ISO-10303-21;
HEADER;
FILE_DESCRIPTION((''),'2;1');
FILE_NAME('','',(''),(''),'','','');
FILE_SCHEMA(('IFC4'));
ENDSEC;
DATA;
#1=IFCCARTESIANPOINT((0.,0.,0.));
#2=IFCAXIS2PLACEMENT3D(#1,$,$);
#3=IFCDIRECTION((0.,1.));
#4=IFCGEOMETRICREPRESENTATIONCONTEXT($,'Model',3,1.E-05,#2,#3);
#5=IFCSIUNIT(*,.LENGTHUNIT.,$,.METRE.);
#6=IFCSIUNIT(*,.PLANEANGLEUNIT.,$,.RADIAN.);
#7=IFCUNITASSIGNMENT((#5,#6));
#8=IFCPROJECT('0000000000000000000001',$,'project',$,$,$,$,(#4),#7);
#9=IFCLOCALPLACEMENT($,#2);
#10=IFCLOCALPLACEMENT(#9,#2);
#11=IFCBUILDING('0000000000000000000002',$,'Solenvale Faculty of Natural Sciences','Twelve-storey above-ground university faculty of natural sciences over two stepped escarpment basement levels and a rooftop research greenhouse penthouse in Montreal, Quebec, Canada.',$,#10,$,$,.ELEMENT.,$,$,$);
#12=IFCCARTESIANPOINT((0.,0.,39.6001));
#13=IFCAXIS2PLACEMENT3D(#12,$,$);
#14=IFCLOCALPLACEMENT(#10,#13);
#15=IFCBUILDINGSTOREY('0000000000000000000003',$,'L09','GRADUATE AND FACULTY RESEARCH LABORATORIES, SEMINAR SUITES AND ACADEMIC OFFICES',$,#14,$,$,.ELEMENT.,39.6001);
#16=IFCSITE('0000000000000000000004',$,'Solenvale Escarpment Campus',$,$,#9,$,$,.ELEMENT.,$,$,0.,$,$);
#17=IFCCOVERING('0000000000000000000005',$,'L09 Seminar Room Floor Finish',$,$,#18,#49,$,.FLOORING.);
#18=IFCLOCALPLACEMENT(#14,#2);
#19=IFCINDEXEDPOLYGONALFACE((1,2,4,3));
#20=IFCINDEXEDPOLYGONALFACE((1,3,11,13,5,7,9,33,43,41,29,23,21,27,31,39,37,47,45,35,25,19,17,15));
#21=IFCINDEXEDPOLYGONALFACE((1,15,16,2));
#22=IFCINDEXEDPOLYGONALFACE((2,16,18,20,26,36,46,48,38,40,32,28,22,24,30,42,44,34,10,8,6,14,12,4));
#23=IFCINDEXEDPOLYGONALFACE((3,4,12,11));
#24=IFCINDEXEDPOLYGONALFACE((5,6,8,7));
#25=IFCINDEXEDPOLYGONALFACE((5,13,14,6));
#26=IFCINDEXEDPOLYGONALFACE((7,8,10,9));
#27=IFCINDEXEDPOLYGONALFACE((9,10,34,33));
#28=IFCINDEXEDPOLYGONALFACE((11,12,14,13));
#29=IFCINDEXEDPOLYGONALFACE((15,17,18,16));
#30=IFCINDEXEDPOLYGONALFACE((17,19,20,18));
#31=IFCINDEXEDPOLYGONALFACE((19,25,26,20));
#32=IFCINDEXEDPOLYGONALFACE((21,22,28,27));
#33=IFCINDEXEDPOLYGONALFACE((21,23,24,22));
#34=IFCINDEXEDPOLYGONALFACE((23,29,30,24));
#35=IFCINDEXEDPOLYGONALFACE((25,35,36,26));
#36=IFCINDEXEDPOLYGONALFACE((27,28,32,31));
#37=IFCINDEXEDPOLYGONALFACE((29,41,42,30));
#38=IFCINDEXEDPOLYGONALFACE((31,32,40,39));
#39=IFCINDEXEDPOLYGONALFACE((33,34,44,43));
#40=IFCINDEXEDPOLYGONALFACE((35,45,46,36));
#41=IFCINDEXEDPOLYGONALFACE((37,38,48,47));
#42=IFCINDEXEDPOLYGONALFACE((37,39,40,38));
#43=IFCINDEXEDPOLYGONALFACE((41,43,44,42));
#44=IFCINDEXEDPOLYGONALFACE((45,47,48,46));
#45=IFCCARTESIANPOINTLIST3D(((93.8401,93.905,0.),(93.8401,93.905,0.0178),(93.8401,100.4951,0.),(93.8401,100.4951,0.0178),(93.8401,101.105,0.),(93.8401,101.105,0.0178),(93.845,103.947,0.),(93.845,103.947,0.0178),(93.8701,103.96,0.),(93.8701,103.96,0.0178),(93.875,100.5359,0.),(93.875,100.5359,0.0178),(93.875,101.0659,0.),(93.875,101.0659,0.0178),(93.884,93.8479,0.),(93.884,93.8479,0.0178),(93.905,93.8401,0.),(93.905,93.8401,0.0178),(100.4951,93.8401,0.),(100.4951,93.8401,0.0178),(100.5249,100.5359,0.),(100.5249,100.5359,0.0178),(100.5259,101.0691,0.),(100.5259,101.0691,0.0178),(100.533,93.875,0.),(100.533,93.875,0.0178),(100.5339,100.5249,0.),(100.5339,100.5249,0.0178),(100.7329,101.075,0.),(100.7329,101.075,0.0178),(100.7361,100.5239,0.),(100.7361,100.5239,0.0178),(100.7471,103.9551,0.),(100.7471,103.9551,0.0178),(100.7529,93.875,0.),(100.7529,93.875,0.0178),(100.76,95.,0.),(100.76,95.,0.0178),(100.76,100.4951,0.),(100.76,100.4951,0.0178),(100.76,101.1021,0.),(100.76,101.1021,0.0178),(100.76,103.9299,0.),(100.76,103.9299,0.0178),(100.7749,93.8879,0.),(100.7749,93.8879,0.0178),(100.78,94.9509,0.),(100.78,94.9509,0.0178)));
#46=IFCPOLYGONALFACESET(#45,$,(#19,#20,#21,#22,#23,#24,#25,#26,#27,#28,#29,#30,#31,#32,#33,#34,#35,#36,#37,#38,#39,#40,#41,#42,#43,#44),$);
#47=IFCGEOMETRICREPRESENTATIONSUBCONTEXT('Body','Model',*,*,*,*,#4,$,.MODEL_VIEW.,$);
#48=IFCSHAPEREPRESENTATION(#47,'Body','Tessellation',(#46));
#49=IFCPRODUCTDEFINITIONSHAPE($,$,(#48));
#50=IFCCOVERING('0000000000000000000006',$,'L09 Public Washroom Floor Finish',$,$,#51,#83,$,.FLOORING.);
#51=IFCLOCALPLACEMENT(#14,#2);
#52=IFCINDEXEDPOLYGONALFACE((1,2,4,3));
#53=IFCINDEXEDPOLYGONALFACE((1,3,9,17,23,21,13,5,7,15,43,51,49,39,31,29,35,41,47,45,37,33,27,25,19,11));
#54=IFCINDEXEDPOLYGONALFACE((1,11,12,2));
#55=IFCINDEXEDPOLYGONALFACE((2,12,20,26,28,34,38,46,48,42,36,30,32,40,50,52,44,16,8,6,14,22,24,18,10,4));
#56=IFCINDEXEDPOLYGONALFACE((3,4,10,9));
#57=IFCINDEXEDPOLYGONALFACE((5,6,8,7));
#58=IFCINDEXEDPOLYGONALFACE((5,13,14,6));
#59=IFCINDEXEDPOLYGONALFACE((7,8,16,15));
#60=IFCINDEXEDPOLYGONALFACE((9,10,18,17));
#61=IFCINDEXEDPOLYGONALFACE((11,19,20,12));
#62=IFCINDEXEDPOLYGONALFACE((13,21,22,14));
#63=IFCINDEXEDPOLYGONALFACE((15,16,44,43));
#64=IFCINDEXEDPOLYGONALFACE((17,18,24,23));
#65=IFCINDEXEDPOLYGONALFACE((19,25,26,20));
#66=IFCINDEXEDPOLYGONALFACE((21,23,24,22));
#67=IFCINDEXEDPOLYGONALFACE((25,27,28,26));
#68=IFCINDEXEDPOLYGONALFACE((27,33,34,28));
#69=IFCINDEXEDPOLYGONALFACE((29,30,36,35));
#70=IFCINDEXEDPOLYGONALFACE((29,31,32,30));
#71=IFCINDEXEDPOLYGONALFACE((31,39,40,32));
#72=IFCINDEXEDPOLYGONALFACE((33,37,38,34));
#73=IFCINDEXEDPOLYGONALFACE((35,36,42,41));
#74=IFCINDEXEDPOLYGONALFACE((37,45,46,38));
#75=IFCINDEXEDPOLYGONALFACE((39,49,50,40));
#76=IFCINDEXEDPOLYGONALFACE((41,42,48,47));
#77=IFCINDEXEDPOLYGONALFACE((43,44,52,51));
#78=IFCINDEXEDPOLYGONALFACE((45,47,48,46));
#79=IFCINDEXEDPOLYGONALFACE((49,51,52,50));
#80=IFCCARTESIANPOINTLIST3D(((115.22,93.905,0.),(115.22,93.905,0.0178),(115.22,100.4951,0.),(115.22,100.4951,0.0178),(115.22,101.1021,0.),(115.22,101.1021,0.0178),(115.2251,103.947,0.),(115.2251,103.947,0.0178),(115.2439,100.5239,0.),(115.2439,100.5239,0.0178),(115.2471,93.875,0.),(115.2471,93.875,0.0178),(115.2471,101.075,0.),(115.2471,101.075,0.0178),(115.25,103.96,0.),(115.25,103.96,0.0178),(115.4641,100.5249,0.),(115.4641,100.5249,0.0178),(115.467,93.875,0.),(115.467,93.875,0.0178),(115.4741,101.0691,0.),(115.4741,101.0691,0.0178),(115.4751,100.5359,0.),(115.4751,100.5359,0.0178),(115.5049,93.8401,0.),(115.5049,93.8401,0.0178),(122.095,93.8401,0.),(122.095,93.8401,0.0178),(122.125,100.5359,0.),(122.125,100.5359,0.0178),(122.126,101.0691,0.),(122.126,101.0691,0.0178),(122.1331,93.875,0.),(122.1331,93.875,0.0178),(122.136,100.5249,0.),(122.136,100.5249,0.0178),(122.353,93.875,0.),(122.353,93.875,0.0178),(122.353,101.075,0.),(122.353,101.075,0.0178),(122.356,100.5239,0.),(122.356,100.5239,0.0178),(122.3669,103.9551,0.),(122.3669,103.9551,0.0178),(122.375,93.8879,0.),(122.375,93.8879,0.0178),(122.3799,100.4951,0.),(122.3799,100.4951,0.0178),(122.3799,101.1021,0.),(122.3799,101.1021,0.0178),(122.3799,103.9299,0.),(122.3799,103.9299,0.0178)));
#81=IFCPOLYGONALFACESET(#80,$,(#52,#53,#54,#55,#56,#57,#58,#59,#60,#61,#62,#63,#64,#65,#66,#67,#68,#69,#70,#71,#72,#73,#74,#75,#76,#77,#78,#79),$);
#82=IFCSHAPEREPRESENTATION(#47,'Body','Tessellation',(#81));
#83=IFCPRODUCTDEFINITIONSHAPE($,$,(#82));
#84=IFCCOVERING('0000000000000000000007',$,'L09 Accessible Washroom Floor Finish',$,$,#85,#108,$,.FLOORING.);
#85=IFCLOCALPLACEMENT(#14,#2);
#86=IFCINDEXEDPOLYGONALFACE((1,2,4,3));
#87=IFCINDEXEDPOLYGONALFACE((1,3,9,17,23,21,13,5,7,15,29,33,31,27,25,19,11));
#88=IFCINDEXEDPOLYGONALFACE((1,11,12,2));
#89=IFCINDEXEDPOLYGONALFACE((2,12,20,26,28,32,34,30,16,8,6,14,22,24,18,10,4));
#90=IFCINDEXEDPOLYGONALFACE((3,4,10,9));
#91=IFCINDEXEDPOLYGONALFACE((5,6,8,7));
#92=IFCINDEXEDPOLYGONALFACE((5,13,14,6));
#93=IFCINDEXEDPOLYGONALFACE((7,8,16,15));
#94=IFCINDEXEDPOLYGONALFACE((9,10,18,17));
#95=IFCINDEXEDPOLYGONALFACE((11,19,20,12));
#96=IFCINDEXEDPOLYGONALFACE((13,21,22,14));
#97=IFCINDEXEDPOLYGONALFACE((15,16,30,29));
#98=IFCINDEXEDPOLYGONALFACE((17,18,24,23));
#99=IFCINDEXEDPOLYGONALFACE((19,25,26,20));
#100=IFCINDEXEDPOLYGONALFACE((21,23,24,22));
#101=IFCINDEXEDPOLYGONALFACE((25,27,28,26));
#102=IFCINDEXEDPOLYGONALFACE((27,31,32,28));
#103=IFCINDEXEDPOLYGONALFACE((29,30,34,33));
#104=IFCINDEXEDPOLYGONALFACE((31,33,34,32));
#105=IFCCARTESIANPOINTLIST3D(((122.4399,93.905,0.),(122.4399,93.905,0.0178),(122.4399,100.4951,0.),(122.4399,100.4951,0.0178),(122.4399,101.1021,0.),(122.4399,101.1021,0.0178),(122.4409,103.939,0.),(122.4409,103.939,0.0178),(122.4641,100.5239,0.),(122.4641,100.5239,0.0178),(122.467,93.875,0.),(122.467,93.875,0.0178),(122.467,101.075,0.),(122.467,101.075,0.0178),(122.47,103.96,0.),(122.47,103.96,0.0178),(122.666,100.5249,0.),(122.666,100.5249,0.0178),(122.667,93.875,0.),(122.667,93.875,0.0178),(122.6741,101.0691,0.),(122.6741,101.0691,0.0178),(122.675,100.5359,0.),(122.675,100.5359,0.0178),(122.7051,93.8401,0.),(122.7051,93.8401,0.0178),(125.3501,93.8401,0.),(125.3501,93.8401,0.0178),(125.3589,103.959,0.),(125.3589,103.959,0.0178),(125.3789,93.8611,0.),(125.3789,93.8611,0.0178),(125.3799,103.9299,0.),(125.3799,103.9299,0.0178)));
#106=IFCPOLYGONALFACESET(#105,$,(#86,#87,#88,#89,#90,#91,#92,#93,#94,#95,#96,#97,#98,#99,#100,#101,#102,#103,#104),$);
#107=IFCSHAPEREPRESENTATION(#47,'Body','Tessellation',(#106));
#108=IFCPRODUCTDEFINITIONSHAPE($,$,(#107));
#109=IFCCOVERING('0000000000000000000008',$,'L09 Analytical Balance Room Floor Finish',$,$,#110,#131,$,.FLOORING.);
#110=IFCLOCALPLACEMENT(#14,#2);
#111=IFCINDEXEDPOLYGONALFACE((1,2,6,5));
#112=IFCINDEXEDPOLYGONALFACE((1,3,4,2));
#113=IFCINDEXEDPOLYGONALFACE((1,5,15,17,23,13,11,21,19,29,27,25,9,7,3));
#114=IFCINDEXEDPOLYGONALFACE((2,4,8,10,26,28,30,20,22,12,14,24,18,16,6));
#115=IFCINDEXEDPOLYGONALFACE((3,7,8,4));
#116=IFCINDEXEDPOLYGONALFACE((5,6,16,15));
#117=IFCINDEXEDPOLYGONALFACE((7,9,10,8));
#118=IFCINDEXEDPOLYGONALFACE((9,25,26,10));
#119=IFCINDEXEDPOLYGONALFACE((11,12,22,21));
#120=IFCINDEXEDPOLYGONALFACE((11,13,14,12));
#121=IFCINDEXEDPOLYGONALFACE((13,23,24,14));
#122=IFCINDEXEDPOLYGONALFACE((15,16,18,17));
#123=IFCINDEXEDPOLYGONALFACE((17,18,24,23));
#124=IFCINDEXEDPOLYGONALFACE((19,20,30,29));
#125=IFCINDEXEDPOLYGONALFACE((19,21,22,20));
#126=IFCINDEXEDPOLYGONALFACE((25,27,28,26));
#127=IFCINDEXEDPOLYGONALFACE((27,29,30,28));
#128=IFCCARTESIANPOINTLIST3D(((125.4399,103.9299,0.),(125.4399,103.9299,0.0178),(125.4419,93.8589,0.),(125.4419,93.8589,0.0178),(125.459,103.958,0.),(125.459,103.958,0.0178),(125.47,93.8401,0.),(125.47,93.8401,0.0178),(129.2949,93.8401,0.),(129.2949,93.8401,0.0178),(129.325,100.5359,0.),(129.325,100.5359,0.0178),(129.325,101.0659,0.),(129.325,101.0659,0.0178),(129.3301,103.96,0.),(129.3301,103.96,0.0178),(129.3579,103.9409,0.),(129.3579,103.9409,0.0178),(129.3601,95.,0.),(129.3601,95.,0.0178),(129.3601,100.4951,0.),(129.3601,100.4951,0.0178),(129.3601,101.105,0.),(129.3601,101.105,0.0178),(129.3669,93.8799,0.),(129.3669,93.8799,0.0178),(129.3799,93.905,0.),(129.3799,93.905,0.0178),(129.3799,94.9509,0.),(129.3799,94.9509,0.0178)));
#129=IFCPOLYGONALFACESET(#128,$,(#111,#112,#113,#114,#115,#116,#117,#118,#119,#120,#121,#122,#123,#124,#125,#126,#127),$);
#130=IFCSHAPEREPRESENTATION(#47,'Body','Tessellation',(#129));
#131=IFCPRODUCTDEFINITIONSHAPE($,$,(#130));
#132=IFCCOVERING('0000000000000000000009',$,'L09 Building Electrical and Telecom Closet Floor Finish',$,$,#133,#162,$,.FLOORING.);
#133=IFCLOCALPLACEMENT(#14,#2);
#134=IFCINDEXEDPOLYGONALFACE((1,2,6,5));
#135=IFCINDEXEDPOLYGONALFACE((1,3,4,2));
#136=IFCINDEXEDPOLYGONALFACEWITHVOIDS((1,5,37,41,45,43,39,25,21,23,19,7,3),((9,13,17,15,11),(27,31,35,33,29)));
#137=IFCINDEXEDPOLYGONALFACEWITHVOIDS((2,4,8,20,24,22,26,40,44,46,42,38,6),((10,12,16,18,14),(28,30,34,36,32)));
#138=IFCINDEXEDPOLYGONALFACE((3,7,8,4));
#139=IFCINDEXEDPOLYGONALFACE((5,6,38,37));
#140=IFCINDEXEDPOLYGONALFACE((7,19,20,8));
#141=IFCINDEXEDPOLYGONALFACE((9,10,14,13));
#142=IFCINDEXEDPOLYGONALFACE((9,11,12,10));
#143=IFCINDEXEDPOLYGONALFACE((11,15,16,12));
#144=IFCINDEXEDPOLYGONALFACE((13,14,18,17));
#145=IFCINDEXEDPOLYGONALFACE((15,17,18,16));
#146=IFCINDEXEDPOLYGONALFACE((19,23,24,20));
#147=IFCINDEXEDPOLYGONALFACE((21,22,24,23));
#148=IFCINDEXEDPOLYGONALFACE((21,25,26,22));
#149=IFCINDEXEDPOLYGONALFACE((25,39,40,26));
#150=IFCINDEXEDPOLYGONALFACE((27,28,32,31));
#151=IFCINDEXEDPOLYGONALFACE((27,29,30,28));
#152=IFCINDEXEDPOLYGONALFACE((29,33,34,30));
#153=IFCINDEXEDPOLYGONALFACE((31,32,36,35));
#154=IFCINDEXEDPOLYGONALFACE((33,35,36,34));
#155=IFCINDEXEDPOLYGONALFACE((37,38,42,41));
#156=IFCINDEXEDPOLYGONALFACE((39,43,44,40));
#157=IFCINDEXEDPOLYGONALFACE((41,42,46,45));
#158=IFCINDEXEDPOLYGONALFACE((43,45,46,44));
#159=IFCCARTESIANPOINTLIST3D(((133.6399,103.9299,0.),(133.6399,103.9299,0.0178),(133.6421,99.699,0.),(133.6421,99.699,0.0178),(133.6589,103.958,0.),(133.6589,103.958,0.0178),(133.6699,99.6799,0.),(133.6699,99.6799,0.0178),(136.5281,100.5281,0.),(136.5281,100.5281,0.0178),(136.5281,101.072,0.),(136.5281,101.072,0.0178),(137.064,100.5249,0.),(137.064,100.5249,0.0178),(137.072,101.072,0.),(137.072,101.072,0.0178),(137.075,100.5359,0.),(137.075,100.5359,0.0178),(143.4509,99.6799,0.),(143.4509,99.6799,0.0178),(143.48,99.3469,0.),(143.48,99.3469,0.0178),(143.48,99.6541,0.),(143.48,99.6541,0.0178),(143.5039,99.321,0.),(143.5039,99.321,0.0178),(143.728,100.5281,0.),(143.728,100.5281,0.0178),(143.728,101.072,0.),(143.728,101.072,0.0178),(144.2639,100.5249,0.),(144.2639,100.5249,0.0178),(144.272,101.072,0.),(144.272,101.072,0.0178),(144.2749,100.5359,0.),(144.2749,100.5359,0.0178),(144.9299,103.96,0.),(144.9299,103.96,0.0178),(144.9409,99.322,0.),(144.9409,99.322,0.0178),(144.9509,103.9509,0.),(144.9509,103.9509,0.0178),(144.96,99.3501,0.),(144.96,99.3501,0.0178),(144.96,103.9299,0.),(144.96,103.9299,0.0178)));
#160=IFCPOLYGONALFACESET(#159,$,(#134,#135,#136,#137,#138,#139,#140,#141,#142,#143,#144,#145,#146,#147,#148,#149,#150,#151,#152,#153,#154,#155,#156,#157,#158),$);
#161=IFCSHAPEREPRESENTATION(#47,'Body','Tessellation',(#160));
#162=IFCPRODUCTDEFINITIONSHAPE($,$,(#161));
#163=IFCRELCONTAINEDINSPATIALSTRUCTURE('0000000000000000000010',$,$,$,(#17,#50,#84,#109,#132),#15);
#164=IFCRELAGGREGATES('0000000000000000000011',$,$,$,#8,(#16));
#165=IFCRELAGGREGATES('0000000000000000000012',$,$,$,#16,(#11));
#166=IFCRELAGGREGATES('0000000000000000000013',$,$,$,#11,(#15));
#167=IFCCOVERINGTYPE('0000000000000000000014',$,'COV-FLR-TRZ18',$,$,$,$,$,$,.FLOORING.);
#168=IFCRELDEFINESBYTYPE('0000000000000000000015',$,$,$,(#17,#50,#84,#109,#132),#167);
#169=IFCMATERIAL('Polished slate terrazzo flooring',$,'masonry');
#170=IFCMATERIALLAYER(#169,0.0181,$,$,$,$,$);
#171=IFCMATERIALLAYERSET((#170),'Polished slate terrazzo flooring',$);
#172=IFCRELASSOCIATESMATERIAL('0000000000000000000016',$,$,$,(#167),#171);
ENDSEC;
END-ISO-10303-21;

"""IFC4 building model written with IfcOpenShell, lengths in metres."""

from ifc_helpers import new_model, si_unit, direction, frame, origin, place, context, subcontext, project, spatial, polyline, outline, extrude, material, layer, layer_set, type_object, element, save


model = new_model("IFC4")

# Units and contexts
model_context = context("Model", 3, precision=1e-05, world=origin(), true_north=direction((0.0, 1.0)))
body_context = subcontext(model_context, "Body", "Model", "MODEL_VIEW")
ifc_project = project(units=[si_unit("LENGTHUNIT", "METRE"), si_unit("PLANEANGLEUNIT", "RADIAN")], contexts=[model_context])

# Site, building, storey
site_placement = place(None, origin())
site = spatial("IfcSite", under=ifc_project, at=site_placement, Name="Solenvale Escarpment Campus", CompositionType="ELEMENT", RefElevation=0.0)
building_placement = place(site_placement, origin())
building = spatial("IfcBuilding", under=site, at=building_placement, Name="Solenvale Faculty of Natural Sciences", Description="Twelve-storey above-ground university faculty of natural sciences over two stepped escarpment basement levels and a rooftop research greenhouse penthouse in Montreal, Quebec, Canada.", CompositionType="ELEMENT")
storey_placement = place(building_placement, frame((0.0, 0.0, 39.6001)))
storey = spatial("IfcBuildingStorey", under=building, at=storey_placement, Name="L09", Description="GRADUATE AND FACULTY RESEARCH LABORATORIES, SEMINAR SUITES AND ACADEMIC OFFICES", CompositionType="ELEMENT", Elevation=39.6001)

# Coverings
ifc_material_1 = material(Name="Polished slate terrazzo flooring", Category="masonry")
ifc_layer_1 = layer(ifc_material_1, 0.0181)
ifc_layer_set_1 = layer_set([ifc_layer_1], Name="Polished slate terrazzo flooring")
covering_type_1 = type_object("IfcCoveringType", Name="COV-FLR-TRZ18", PredefinedType="FLOORING", material=ifc_layer_set_1)
covering_1_placement = place(storey_placement, origin())
element("IfcCovering", 1, at=covering_1_placement, inside=storey, type_object=covering_type_1, Name="L09 Seminar Room Floor Finish", PredefinedType="FLOORING", context=body_context, shape_type="SweptSolid", body=[
    extrude(outline(polyline([(93.905, 93.8401), (93.884, 93.8479), (93.8401, 93.905), (93.8401, 100.4951), (93.875, 100.5359), (93.875, 101.0659), (93.8401, 101.105), (93.845, 103.947), (93.8701, 103.96), (100.7471, 103.9551), (100.76, 103.9299), (100.76, 101.1021), (100.7329, 101.075), (100.5259, 101.0691), (100.5249, 100.5359), (100.5339, 100.5249), (100.7361, 100.5239), (100.76, 100.4951), (100.76, 95.0), (100.78, 94.9509), (100.7749, 93.8879), (100.7529, 93.875), (100.533, 93.875), (100.4951, 93.8401), (93.905, 93.8401)])), origin(), (0.0, 0.0, 1.0), 0.0178),
])
covering_2_placement = place(storey_placement, origin())
element("IfcCovering", 2, at=covering_2_placement, inside=storey, type_object=covering_type_1, Name="L09 Public Washroom Floor Finish", PredefinedType="FLOORING", context=body_context, shape_type="SweptSolid", body=[
    extrude(outline(polyline([(115.5049, 93.8401), (115.467, 93.875), (115.2471, 93.875), (115.22, 93.905), (115.22, 100.4951), (115.2439, 100.5239), (115.4641, 100.5249), (115.4751, 100.5359), (115.4741, 101.0691), (115.2471, 101.075), (115.22, 101.1021), (115.2251, 103.947), (115.25, 103.96), (122.3669, 103.9551), (122.3799, 103.9299), (122.3799, 101.1021), (122.353, 101.075), (122.126, 101.0691), (122.125, 100.5359), (122.136, 100.5249), (122.356, 100.5239), (122.3799, 100.4951), (122.375, 93.8879), (122.353, 93.875), (122.1331, 93.875), (122.095, 93.8401), (115.5049, 93.8401)])), origin(), (0.0, 0.0, 1.0), 0.0178),
])
covering_3_placement = place(storey_placement, origin())
element("IfcCovering", 3, at=covering_3_placement, inside=storey, type_object=covering_type_1, Name="L09 Accessible Washroom Floor Finish", PredefinedType="FLOORING", context=body_context, shape_type="SweptSolid", body=[
    extrude(outline(polyline([(122.7051, 93.8401), (122.667, 93.875), (122.467, 93.875), (122.4399, 93.905), (122.4399, 100.4951), (122.4641, 100.5239), (122.666, 100.5249), (122.675, 100.5359), (122.6741, 101.0691), (122.467, 101.075), (122.4399, 101.1021), (122.4409, 103.939), (122.47, 103.96), (125.3589, 103.959), (125.3799, 103.9299), (125.3789, 93.8611), (125.3501, 93.8401), (122.7051, 93.8401)])), origin(), (0.0, 0.0, 1.0), 0.0178),
])
covering_4_placement = place(storey_placement, origin())
element("IfcCovering", 4, at=covering_4_placement, inside=storey, type_object=covering_type_1, Name="L09 Analytical Balance Room Floor Finish", PredefinedType="FLOORING", context=body_context, shape_type="SweptSolid", body=[
    extrude(outline(polyline([(129.3669, 93.8799), (129.2949, 93.8401), (125.47, 93.8401), (125.4419, 93.8589), (125.4399, 103.9299), (125.459, 103.958), (129.3301, 103.96), (129.3579, 103.9409), (129.3601, 101.105), (129.325, 101.0659), (129.325, 100.5359), (129.3601, 100.4951), (129.3601, 95.0), (129.3799, 94.9509), (129.3799, 93.905), (129.3669, 93.8799)])), origin(), (0.0, 0.0, 1.0), 0.0178),
])
covering_5_placement = place(storey_placement, origin())
element("IfcCovering", 5, at=covering_5_placement, inside=storey, type_object=covering_type_1, Name="L09 Building Electrical and Telecom Closet Floor Finish", PredefinedType="FLOORING", context=body_context, shape_type="SweptSolid", body=[
    extrude(outline(polyline([(144.9299, 103.96), (144.9509, 103.9509), (144.96, 103.9299), (144.96, 99.3501), (144.9409, 99.322), (143.5039, 99.321), (143.48, 99.3469), (143.48, 99.6541), (143.4509, 99.6799), (133.6699, 99.6799), (133.6421, 99.699), (133.6399, 103.9299), (133.6589, 103.958), (144.9299, 103.96)]), holes=[polyline([(144.2639, 100.5249), (144.2749, 100.5359), (144.272, 101.072), (143.728, 101.072), (143.728, 100.5281), (144.2639, 100.5249)]), polyline([(137.064, 100.5249), (137.075, 100.5359), (137.072, 101.072), (136.5281, 101.072), (136.5281, 100.5281), (137.064, 100.5249)])]), origin(), (0.0, 0.0, 1.0), 0.0178),
])

save(model, "model.ifc")
